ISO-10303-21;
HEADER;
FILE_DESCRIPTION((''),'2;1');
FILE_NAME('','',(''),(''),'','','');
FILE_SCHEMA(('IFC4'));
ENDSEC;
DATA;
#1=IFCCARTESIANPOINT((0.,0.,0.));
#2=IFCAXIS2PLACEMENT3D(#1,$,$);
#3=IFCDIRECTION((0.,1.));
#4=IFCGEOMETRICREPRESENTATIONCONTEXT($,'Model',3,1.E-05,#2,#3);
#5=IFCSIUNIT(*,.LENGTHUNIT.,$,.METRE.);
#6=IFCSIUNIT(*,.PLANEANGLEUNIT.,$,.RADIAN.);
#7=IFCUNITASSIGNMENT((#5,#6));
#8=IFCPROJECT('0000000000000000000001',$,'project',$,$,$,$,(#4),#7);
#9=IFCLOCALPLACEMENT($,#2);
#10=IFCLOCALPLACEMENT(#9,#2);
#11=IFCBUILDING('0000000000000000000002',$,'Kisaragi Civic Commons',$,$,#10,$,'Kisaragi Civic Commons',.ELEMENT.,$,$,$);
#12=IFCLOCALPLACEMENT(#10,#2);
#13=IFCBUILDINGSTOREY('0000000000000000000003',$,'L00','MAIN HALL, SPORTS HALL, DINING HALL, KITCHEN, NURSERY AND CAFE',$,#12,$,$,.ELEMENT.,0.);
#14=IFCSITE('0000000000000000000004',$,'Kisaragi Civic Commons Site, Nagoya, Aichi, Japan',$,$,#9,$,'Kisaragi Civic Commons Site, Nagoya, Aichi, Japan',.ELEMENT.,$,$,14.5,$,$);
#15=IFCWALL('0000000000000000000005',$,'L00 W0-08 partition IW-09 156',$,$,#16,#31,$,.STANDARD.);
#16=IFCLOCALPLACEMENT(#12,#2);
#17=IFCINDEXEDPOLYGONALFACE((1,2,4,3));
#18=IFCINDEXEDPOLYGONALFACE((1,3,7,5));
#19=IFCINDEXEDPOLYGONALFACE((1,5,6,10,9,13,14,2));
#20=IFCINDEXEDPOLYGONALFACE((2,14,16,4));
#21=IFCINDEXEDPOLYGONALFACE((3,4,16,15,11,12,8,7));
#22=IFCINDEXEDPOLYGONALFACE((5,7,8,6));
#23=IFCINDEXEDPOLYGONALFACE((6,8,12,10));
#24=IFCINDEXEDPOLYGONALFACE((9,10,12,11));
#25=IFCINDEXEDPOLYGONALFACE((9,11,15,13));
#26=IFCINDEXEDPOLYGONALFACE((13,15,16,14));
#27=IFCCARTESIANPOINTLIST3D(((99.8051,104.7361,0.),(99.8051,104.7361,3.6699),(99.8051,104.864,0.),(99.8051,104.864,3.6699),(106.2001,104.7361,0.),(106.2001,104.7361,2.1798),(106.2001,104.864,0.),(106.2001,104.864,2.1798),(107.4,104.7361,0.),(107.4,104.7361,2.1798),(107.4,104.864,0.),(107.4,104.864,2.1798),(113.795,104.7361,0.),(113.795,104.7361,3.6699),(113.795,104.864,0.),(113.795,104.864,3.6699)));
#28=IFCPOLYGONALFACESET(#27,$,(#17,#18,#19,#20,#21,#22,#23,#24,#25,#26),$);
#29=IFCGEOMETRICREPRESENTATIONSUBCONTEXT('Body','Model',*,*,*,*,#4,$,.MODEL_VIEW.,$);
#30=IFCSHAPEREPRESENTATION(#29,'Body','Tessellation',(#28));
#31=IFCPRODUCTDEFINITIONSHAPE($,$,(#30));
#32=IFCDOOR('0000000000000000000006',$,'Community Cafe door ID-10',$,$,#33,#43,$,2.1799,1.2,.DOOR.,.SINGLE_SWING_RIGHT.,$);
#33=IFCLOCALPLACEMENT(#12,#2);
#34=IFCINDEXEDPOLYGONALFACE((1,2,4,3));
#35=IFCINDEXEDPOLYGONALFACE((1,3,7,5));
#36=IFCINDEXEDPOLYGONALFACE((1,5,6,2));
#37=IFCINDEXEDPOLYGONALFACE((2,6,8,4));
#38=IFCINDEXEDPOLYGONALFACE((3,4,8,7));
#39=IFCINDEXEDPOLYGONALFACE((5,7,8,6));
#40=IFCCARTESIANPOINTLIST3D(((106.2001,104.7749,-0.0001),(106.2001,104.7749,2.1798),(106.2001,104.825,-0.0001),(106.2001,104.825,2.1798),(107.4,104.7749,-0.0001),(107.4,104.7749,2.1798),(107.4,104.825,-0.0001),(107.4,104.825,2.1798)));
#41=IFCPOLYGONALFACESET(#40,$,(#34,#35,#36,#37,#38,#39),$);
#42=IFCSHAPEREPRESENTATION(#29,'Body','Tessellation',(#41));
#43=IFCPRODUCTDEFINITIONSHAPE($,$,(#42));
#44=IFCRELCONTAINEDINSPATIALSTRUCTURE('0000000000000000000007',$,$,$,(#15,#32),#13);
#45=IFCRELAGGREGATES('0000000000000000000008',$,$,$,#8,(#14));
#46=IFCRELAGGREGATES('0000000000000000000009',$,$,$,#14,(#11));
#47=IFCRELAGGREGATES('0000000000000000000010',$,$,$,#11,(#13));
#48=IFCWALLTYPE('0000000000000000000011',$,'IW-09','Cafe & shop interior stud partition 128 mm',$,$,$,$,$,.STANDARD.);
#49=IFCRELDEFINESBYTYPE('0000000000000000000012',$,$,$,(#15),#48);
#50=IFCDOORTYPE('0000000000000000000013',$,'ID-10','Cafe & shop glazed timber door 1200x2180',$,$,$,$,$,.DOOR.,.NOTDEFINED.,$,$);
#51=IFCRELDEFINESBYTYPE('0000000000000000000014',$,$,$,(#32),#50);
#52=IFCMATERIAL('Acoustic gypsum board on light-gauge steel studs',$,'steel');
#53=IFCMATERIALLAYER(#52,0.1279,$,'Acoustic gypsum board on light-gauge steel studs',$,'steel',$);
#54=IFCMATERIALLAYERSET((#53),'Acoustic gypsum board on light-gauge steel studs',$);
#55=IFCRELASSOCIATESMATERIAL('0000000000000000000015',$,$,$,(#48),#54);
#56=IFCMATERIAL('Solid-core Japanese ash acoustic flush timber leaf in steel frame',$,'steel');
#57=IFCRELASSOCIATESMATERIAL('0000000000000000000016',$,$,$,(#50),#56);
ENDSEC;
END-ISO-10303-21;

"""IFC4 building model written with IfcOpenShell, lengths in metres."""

from ifc_helpers import new_model, si_unit, direction, frame, frame_2d, origin, place, context, subcontext, project, spatial, rectangle, extrude, material, layer, layer_set, type_object, element, fill, save


model = new_model("IFC4")

# Units and contexts
model_context = context("Model", 3, precision=1e-05, world=origin(), true_north=direction((0.0, 1.0)))
body_context = subcontext(model_context, "Body", "Model", "MODEL_VIEW")
ifc_project = project(units=[si_unit("LENGTHUNIT", "METRE"), si_unit("PLANEANGLEUNIT", "RADIAN")], contexts=[model_context])

# Site, building, storey
site_placement = place(None, origin())
site = spatial("IfcSite", under=ifc_project, at=site_placement, Name="Kisaragi Civic Commons Site, Nagoya, Aichi, Japan", LongName="Kisaragi Civic Commons Site, Nagoya, Aichi, Japan", CompositionType="ELEMENT", RefElevation=14.5)
building_placement = place(site_placement, origin())
building = spatial("IfcBuilding", under=site, at=building_placement, Name="Kisaragi Civic Commons", LongName="Kisaragi Civic Commons", CompositionType="ELEMENT")
storey_placement = place(building_placement, origin())
storey = spatial("IfcBuildingStorey", under=building, at=storey_placement, Name="L00", Description="MAIN HALL, SPORTS HALL, DINING HALL, KITCHEN, NURSERY AND CAFE", CompositionType="ELEMENT", Elevation=0.0)

# Shared definitions
ifc_material_1 = material(Name="Solid-core Japanese ash acoustic flush timber leaf in steel frame", Category="steel")

# Wall, opening, door
ifc_material_2 = material(Name="Acoustic gypsum board on light-gauge steel studs", Category="steel")
ifc_layer_1 = layer(ifc_material_2, 0.1279, Name="Acoustic gypsum board on light-gauge steel studs", Category="steel")
ifc_layer_set_1 = layer_set([ifc_layer_1], Name="Acoustic gypsum board on light-gauge steel studs")
wall_type_1 = type_object("IfcWallType", Name="IW-09", Description="Cafe & shop interior stud partition 128 mm", PredefinedType="STANDARD", material=ifc_layer_set_1)
wall_1_placement = place(storey_placement, frame((99.8049, 104.8, 0.0), z_axis=(0.0, 0.0, 1.0), x_axis=(1.0, 0.0, 0.0)))
wall_1 = element("IfcWall", 1, at=wall_1_placement, inside=storey, type_object=wall_type_1, Name="L00 W0-08 partition IW-09 156", PredefinedType="STANDARD", context=body_context, shape_type="SweptSolid", body=[
    extrude(rectangle(XDim=13.99, YDim=0.1279, at=frame_2d((6.9951, 0.0))), origin(), (0.0, 0.0, 1.0), 3.6699),
])
opening_1_placement = place(wall_1_placement, frame((6.395, 0.0, 0.0)))
opening_1 = element("IfcOpeningElement", 2, at=opening_1_placement, cuts=wall_1, PredefinedType="OPENING", context=body_context, shape_type="SweptSolid", body=[
    extrude(rectangle(XDim=1.2, YDim=2.1799, at=frame_2d((0.6001, 1.0898))), frame((0.0, 0.074, 0.0), z_axis=(0.0, -1.0, 0.0), x_axis=(1.0, 0.0, 0.0)), (0.0, 0.0, 1.0), 0.1479),
])
door_type_1 = type_object("IfcDoorType", Name="ID-10", Description="Cafe & shop glazed timber door 1200x2180", OperationType="NOTDEFINED", PredefinedType="DOOR", material=ifc_material_1)
door_1_placement = place(opening_1_placement, origin())
door_1 = element("IfcDoor", 3, at=door_1_placement, inside=storey, type_object=door_type_1, Name="Community Cafe door ID-10", OperationType="SINGLE_SWING_RIGHT", OverallHeight=2.1799, OverallWidth=1.2, PredefinedType="DOOR", context=body_context, shape_type="SweptSolid", body=[
    extrude(rectangle(XDim=1.2, YDim=2.1799, at=frame_2d((0.6001, 1.0898))), frame((0.0, 0.0249, 0.0), z_axis=(0.0, -1.0, 0.0), x_axis=(1.0, 0.0, 0.0)), (0.0, 0.0, 1.0), 0.05),
])
fill(opening_1, door_1)

save(model, "model.ifc")
